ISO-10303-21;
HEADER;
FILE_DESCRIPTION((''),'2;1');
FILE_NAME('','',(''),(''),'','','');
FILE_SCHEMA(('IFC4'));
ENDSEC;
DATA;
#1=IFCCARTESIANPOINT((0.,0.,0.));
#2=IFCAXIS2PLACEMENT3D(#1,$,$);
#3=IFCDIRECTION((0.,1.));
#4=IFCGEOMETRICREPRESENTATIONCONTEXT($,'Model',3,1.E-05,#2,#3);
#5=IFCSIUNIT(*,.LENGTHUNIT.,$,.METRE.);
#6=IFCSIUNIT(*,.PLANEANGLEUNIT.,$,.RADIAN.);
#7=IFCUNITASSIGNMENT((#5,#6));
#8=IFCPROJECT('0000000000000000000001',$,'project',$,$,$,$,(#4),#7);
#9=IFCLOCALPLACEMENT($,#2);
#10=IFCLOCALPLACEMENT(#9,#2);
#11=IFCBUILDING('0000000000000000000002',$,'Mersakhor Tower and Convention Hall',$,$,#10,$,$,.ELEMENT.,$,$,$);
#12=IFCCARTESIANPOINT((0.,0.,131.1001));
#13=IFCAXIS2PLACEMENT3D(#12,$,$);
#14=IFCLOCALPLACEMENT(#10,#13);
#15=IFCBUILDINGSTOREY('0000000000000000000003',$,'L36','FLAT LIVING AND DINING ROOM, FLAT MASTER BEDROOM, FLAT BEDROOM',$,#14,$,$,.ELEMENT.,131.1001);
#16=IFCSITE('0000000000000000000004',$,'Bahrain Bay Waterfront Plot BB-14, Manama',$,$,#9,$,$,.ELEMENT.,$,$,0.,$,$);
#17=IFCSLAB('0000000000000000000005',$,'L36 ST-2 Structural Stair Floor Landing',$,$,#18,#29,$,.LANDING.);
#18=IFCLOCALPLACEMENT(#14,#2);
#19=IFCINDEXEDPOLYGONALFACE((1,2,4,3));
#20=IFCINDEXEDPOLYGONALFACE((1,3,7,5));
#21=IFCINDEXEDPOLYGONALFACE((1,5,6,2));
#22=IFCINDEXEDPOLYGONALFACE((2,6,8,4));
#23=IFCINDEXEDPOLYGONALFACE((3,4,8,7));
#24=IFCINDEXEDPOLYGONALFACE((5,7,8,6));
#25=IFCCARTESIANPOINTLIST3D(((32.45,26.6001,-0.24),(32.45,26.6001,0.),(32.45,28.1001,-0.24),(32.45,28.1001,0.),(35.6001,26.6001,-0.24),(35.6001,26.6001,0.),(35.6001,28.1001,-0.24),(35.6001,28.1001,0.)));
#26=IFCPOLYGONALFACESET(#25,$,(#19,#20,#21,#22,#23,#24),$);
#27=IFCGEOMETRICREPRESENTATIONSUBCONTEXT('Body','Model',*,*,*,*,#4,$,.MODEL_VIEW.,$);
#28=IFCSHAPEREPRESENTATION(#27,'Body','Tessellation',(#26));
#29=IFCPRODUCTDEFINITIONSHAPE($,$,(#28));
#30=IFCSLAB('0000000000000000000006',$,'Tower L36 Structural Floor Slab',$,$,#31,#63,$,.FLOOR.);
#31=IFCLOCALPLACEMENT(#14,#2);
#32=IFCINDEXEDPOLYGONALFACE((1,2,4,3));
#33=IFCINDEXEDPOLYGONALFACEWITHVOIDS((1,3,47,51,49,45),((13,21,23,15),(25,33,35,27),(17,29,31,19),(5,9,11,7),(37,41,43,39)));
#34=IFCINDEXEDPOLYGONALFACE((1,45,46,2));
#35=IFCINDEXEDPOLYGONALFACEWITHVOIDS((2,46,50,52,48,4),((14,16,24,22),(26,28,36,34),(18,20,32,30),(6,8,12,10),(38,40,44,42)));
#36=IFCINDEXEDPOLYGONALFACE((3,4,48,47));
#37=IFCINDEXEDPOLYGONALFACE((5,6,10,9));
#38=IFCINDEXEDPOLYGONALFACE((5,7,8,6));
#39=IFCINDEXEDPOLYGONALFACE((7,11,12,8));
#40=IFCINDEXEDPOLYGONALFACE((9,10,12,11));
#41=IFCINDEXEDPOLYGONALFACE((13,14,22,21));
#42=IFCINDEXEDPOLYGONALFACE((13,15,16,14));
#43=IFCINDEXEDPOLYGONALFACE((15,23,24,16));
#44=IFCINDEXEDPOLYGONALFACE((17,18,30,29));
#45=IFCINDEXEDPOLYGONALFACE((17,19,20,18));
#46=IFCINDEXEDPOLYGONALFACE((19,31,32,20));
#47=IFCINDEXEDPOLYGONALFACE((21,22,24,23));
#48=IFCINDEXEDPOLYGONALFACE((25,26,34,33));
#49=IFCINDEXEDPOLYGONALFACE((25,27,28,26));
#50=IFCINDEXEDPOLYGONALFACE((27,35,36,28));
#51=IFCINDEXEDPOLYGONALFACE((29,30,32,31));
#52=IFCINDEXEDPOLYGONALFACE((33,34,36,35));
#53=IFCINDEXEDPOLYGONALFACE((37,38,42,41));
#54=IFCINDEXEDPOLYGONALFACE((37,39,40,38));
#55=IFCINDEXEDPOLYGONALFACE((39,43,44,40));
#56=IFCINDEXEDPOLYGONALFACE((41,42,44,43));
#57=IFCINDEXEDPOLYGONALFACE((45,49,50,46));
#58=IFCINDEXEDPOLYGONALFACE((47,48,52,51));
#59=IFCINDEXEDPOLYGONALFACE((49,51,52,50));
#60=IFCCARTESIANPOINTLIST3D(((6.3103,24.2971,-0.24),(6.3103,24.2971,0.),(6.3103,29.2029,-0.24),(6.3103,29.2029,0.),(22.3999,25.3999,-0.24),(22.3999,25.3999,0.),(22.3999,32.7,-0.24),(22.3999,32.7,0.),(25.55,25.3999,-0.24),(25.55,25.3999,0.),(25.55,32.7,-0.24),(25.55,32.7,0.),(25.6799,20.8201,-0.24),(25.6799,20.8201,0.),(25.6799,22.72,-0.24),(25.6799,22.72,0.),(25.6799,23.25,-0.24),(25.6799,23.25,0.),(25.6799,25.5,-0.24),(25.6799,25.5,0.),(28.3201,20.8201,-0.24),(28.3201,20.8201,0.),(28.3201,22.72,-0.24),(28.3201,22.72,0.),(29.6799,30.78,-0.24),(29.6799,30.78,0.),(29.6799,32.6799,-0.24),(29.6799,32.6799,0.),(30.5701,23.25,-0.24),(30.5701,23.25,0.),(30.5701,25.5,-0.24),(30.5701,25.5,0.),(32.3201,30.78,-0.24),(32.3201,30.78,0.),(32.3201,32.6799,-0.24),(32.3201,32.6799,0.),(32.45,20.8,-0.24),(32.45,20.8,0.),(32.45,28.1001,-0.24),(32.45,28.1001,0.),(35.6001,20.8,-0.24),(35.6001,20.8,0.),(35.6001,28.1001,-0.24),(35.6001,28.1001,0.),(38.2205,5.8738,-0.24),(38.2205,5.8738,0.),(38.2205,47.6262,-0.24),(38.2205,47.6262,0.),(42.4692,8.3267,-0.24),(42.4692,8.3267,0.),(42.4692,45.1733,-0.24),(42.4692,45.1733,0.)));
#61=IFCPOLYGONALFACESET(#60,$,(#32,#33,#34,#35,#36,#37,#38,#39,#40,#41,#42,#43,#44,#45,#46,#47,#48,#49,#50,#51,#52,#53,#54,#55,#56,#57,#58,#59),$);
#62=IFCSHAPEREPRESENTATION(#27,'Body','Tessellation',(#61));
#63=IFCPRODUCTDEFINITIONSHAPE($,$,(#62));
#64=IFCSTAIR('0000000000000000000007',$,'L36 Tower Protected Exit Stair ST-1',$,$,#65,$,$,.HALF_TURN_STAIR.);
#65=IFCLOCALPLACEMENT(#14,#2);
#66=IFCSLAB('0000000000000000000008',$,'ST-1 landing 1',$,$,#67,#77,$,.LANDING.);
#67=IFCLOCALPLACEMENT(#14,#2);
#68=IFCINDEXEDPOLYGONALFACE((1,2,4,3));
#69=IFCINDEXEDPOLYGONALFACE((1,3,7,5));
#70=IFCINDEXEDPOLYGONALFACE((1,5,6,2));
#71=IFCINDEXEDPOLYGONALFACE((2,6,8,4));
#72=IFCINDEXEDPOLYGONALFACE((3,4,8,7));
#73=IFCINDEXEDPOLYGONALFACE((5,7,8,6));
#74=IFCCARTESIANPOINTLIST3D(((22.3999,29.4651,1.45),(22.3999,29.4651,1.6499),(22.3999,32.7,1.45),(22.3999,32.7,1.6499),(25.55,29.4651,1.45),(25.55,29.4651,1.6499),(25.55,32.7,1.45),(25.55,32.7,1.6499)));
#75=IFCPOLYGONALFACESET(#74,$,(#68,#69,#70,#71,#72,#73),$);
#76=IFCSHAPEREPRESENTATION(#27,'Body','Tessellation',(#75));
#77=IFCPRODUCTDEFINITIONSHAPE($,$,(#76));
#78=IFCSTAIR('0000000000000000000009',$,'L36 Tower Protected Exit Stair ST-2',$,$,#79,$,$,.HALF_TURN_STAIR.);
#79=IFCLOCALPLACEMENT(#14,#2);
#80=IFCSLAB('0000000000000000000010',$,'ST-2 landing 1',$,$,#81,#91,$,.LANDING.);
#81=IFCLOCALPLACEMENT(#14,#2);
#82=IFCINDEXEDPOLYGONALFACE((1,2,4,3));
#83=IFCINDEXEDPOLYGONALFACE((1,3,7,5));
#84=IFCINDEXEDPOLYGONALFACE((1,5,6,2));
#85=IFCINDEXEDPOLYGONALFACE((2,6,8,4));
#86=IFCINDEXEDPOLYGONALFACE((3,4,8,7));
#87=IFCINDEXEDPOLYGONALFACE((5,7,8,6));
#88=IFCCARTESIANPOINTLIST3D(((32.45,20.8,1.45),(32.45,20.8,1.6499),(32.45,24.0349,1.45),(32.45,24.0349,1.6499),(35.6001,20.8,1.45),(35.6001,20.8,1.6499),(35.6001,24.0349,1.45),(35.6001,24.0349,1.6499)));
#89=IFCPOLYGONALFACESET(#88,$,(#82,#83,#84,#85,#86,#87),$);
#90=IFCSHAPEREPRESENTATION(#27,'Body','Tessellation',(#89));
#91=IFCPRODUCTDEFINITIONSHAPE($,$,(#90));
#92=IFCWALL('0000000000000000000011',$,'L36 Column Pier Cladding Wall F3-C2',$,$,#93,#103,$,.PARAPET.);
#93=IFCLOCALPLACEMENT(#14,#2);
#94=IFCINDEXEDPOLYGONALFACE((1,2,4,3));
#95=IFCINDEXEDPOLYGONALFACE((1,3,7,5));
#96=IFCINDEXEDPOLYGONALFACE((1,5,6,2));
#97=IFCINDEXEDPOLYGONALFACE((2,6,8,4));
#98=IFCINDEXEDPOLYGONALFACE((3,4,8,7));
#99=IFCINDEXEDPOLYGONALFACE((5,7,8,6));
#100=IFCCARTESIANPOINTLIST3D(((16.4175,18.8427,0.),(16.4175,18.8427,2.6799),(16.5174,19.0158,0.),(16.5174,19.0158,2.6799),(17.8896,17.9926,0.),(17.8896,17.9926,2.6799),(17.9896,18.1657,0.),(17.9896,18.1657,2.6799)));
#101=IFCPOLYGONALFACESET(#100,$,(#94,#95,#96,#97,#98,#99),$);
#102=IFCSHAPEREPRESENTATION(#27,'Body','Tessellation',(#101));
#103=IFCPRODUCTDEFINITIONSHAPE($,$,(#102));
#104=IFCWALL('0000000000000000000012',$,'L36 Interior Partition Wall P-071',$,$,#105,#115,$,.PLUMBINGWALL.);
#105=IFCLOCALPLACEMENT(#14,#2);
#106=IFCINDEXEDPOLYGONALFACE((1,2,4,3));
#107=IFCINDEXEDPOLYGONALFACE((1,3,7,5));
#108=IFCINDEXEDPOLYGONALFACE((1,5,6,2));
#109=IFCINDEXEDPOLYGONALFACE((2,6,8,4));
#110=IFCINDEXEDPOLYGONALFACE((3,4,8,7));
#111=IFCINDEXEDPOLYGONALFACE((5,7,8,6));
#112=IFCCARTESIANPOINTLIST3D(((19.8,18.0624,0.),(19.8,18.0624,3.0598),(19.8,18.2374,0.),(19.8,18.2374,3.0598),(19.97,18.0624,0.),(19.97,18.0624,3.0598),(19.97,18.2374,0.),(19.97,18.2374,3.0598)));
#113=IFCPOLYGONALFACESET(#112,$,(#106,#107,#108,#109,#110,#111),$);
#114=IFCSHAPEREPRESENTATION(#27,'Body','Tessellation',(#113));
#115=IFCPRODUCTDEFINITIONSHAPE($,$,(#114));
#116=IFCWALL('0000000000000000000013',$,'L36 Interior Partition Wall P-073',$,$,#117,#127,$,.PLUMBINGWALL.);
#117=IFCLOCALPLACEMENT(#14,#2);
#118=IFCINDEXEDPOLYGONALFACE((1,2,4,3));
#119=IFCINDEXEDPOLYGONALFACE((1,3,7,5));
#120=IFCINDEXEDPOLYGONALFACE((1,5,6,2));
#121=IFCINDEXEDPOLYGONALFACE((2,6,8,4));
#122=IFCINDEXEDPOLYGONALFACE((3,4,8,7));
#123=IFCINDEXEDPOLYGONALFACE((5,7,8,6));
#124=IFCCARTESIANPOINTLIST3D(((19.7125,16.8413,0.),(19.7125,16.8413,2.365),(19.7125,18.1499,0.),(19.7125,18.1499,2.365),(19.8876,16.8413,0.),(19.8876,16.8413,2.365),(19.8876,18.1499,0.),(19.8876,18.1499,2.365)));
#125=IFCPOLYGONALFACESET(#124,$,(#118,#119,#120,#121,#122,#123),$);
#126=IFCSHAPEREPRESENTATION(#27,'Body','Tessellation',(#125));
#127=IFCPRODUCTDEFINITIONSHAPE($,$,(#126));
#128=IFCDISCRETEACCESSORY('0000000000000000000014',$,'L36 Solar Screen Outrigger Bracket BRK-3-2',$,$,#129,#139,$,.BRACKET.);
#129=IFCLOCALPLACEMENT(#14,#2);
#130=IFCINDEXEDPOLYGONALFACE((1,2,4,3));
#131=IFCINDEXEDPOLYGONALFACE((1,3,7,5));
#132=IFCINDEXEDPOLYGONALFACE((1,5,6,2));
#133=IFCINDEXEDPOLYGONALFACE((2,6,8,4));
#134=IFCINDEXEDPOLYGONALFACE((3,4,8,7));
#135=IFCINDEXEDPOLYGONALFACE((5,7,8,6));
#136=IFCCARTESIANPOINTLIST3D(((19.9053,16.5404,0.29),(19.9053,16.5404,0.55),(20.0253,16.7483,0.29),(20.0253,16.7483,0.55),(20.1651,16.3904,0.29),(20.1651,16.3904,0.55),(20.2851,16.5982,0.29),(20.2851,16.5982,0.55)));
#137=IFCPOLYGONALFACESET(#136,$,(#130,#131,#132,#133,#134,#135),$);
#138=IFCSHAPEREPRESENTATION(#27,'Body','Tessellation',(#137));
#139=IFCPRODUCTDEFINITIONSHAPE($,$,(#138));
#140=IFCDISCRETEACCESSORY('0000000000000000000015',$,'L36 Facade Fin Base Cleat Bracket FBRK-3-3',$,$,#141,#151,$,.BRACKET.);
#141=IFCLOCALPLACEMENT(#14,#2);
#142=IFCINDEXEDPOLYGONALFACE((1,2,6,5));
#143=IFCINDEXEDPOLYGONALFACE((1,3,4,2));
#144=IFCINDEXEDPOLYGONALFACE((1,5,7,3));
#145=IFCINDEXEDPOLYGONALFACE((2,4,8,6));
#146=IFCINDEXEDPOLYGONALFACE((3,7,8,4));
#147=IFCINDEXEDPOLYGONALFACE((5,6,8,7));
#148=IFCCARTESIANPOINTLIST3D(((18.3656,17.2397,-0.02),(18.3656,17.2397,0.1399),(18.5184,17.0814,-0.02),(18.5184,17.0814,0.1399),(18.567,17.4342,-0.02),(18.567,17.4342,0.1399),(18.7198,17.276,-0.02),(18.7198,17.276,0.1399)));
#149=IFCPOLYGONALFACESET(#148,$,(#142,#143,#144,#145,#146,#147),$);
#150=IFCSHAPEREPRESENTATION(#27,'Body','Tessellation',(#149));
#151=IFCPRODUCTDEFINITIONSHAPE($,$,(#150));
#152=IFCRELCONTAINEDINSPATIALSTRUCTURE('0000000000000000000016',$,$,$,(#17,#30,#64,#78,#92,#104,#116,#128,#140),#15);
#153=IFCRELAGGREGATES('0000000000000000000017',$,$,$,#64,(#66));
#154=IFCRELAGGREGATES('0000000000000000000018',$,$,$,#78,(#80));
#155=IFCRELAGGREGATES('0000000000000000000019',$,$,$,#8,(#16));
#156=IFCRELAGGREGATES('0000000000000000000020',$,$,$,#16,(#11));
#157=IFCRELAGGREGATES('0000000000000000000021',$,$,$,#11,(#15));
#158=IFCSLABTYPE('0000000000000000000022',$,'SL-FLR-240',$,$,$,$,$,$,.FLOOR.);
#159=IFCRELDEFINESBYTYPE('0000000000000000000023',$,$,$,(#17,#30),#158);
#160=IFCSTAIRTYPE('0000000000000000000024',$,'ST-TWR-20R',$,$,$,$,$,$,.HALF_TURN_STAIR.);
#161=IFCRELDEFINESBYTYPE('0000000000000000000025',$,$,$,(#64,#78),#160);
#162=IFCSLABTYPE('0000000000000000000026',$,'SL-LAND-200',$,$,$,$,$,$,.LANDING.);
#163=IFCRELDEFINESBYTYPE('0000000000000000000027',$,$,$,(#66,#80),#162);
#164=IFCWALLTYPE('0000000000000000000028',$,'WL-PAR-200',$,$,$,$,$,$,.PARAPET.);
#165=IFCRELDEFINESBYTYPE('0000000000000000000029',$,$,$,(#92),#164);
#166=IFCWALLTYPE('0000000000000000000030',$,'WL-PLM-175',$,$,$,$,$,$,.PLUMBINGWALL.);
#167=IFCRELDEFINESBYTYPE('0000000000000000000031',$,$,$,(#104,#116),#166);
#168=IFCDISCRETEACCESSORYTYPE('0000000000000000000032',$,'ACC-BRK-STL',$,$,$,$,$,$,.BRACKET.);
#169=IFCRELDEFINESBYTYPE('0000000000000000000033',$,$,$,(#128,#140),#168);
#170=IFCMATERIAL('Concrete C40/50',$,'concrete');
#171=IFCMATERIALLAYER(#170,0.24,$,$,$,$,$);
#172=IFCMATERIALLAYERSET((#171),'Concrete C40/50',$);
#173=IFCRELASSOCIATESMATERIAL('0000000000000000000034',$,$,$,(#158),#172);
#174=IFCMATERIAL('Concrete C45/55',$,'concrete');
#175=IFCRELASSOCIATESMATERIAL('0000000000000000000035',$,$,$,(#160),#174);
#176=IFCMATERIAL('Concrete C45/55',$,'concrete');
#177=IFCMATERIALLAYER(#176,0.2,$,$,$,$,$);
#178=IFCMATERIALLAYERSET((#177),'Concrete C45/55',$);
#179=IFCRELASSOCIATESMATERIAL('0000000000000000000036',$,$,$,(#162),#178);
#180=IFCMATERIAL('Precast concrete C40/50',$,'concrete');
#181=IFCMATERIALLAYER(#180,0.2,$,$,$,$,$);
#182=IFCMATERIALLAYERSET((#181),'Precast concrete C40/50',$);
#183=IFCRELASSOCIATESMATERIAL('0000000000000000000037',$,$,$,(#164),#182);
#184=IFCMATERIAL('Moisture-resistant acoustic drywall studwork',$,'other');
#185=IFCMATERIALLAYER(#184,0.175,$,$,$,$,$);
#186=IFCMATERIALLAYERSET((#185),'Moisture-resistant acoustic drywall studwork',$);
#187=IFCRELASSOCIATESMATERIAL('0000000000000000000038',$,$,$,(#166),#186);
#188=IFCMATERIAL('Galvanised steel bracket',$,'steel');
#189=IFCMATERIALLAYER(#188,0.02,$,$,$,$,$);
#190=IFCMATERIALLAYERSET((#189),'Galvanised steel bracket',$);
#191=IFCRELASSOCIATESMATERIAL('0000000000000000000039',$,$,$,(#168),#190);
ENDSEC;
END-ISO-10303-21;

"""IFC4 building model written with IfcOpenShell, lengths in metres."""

from ifc_helpers import new_model, si_unit, direction, frame, frame_2d, origin, origin_2d, place, context, subcontext, project, spatial, polyline, rectangle, outline, extrude, material, layer, layer_set, type_object, element, aggregate, save


model = new_model("IFC4")

# Units and contexts
model_context = context("Model", 3, precision=1e-05, world=origin(), true_north=direction((0.0, 1.0)))
body_context = subcontext(model_context, "Body", "Model", "MODEL_VIEW")
ifc_project = project(units=[si_unit("LENGTHUNIT", "METRE"), si_unit("PLANEANGLEUNIT", "RADIAN")], contexts=[model_context])

# Site, building, storey
site_placement = place(None, origin())
site = spatial("IfcSite", under=ifc_project, at=site_placement, Name="Bahrain Bay Waterfront Plot BB-14, Manama", CompositionType="ELEMENT", RefElevation=0.0)
building_placement = place(site_placement, origin())
building = spatial("IfcBuilding", under=site, at=building_placement, Name="Mersakhor Tower and Convention Hall", CompositionType="ELEMENT")
storey_placement = place(building_placement, frame((0.0, 0.0, 131.1001)))
storey = spatial("IfcBuildingStorey", under=building, at=storey_placement, Name="L36", Description="FLAT LIVING AND DINING ROOM, FLAT MASTER BEDROOM, FLAT BEDROOM", CompositionType="ELEMENT", Elevation=131.1001)

# Slabs
ifc_material_1 = material(Name="Concrete C40/50", Category="concrete")
ifc_layer_1 = layer(ifc_material_1, 0.24)
ifc_layer_set_1 = layer_set([ifc_layer_1], Name="Concrete C40/50")
slab_type_1 = type_object("IfcSlabType", Name="SL-FLR-240", PredefinedType="FLOOR", material=ifc_layer_set_1)
slab_1_placement = place(storey_placement, frame((0.0, 0.0, -0.24)))
element("IfcSlab", 1, at=slab_1_placement, inside=storey, type_object=slab_type_1, Name="L36 ST-2 Structural Stair Floor Landing", PredefinedType="LANDING", context=body_context, shape_type="SweptSolid", body=[
    extrude(outline(polyline([(32.45, 28.1001), (32.45, 26.6001), (35.6001, 26.6001), (35.6001, 28.1001), (32.45, 28.1001)])), origin(), (0.0, 0.0, 1.0), 0.24),
])
slab_2_placement = place(storey_placement, frame((0.0, 0.0, -0.24)))
element("IfcSlab", 2, at=slab_2_placement, inside=storey, type_object=slab_type_1, Name="Tower L36 Structural Floor Slab", PredefinedType="FLOOR", context=body_context, shape_type="SweptSolid", body=[
    extrude(outline(polyline([(6.3103, 29.2029), (38.2205, 47.6262), (42.4692, 45.1733), (42.4692, 8.3267), (38.2205, 5.8738), (6.3103, 24.2971), (6.3103, 29.2029)]), holes=[polyline([(25.55, 25.3999), (25.55, 32.7), (22.3999, 32.7), (22.3999, 25.3999), (25.55, 25.3999)]), polyline([(32.45, 28.1001), (32.45, 20.8), (35.6001, 20.8), (35.6001, 28.1001), (32.45, 28.1001)]), polyline([(25.6799, 20.8201), (25.6799, 22.72), (28.3201, 22.72), (28.3201, 20.8201), (25.6799, 20.8201)]), polyline([(29.6799, 30.78), (29.6799, 32.6799), (32.3201, 32.6799), (32.3201, 30.78), (29.6799, 30.78)]), polyline([(25.6799, 23.25), (25.6799, 25.5), (30.5701, 25.5), (30.5701, 23.25), (25.6799, 23.25)])]), origin(), (0.0, 0.0, 1.0), 0.24),
])

# Stairs, slabs
ifc_material_2 = material(Name="Concrete C45/55", Category="concrete")
stair_type = type_object("IfcStairType", Name="ST-TWR-20R", PredefinedType="HALF_TURN_STAIR", material=ifc_material_2)
stair_1_placement = place(storey_placement, origin())
stair_1 = element("IfcStair", 3, at=stair_1_placement, inside=storey, type_object=stair_type, Name="L36 Tower Protected Exit Stair ST-1", PredefinedType="HALF_TURN_STAIR")
ifc_material_3 = material(Name="Concrete C45/55", Category="concrete")
ifc_layer_2 = layer(ifc_material_3, 0.2)
ifc_layer_set_2 = layer_set([ifc_layer_2], Name="Concrete C45/55")
slab_type_2 = type_object("IfcSlabType", Name="SL-LAND-200", PredefinedType="LANDING", material=ifc_layer_set_2)
slab_3_placement = place(storey_placement, frame((0.0, 0.0, 1.45)))
slab_3 = element("IfcSlab", 4, at=slab_3_placement, type_object=slab_type_2, Name="ST-1 landing 1", PredefinedType="LANDING", context=body_context, shape_type="SweptSolid", body=[
    extrude(outline(polyline([(25.55, 29.4651), (25.55, 32.7), (22.3999, 32.7), (22.3999, 29.4651), (25.55, 29.4651)])), origin(), (0.0, 0.0, 1.0), 0.2),
])
aggregate(stair_1, [slab_3])
stair_2_placement = place(storey_placement, origin())
stair_2 = element("IfcStair", 5, at=stair_2_placement, inside=storey, type_object=stair_type, Name="L36 Tower Protected Exit Stair ST-2", PredefinedType="HALF_TURN_STAIR")
slab_4_placement = place(storey_placement, frame((0.0, 0.0, 1.45)))
slab_4 = element("IfcSlab", 6, at=slab_4_placement, type_object=slab_type_2, Name="ST-2 landing 1", PredefinedType="LANDING", context=body_context, shape_type="SweptSolid", body=[
    extrude(outline(polyline([(32.45, 24.0349), (32.45, 20.8), (35.6001, 20.8), (35.6001, 24.0349), (32.45, 24.0349)])), origin(), (0.0, 0.0, 1.0), 0.2),
])
aggregate(stair_2, [slab_4])

# Walls
ifc_material_4 = material(Name="Precast concrete C40/50", Category="concrete")
ifc_layer_3 = layer(ifc_material_4, 0.2)
ifc_layer_set_3 = layer_set([ifc_layer_3], Name="Precast concrete C40/50")
wall_type_1 = type_object("IfcWallType", Name="WL-PAR-200", PredefinedType="PARAPET", material=ifc_layer_set_3)
wall_1_placement = place(storey_placement, frame((17.9397, 18.0791, 0.0), z_axis=(0.0, 0.0, 1.0), x_axis=(-0.865989, 0.500062, 0.0)))
element("IfcWall", 7, at=wall_1_placement, inside=storey, type_object=wall_type_1, Name="L36 Column Pier Cladding Wall F3-C2", PredefinedType="PARAPET", context=body_context, shape_type="SweptSolid", body=[
    extrude(rectangle(XDim=1.7, YDim=0.2, at=frame_2d((0.8501, 0.0))), origin(), (0.0, 0.0, 1.0), 2.6799),
])
ifc_material_5 = material(Name="Moisture-resistant acoustic drywall studwork", Category="other")
ifc_layer_4 = layer(ifc_material_5, 0.175)
ifc_layer_set_4 = layer_set([ifc_layer_4], Name="Moisture-resistant acoustic drywall studwork")
wall_type_2 = type_object("IfcWallType", Name="WL-PLM-175", PredefinedType="PLUMBINGWALL", material=ifc_layer_set_4)
wall_2_placement = place(storey_placement, frame((19.8, 18.1499, 0.0), z_axis=(0.0, 0.0, 1.0), x_axis=(1.0, 0.0, 0.0)))
element("IfcWall", 8, at=wall_2_placement, inside=storey, type_object=wall_type_2, Name="L36 Interior Partition Wall P-071", PredefinedType="PLUMBINGWALL", context=body_context, shape_type="SweptSolid", body=[
    extrude(rectangle(XDim=0.1699, YDim=0.175, at=frame_2d((0.085, 0.0))), origin(), (0.0, 0.0, 1.0), 3.0598),
])
wall_3_placement = place(storey_placement, frame((19.8, 16.8413, 0.0), z_axis=(0.0, 0.0, 1.0), x_axis=(0.0, 1.0, 0.0)))
element("IfcWall", 9, at=wall_3_placement, inside=storey, type_object=wall_type_2, Name="L36 Interior Partition Wall P-073", PredefinedType="PLUMBINGWALL", context=body_context, shape_type="SweptSolid", body=[
    extrude(rectangle(XDim=1.3086, YDim=0.175, at=frame_2d((0.6543, 0.0))), origin(), (0.0, 0.0, 1.0), 2.365),
])

# Discrete accessories
ifc_material_6 = material(Name="Galvanised steel bracket", Category="steel")
ifc_layer_5 = layer(ifc_material_6, 0.02)
ifc_layer_set_5 = layer_set([ifc_layer_5], Name="Galvanised steel bracket")
discrete_accessory_type = type_object("IfcDiscreteAccessoryType", Name="ACC-BRK-STL", PredefinedType="BRACKET", material=ifc_layer_set_5)
discrete_accessory_1_placement = place(storey_placement, frame((20.0952, 16.5693, 0.29), z_axis=(0.0, 0.0, 1.0), x_axis=(-0.866025, 0.5, 0.0)))
element("IfcDiscreteAccessory", 10, at=discrete_accessory_1_placement, inside=storey, type_object=discrete_accessory_type, Name="L36 Solar Screen Outrigger Bracket BRK-3-2", PredefinedType="BRACKET", context=body_context, shape_type="SweptSolid", body=[
    extrude(rectangle(XDim=0.3, YDim=0.24, at=origin_2d()), origin(), (0.0, 0.0, 1.0), 0.26),
])
discrete_accessory_2_placement = place(storey_placement, frame((18.5427, 17.2578, -0.02), z_axis=(0.0, 0.0, 1.0), x_axis=(-0.71934, -0.694658, 0.0)))
element("IfcDiscreteAccessory", 11, at=discrete_accessory_2_placement, inside=storey, type_object=discrete_accessory_type, Name="L36 Facade Fin Base Cleat Bracket FBRK-3-3", PredefinedType="BRACKET", context=body_context, shape_type="SweptSolid", body=[
    extrude(rectangle(XDim=0.28, YDim=0.22, at=origin_2d()), origin(), (0.0, 0.0, 1.0), 0.1599),
])

save(model, "model.ifc")
